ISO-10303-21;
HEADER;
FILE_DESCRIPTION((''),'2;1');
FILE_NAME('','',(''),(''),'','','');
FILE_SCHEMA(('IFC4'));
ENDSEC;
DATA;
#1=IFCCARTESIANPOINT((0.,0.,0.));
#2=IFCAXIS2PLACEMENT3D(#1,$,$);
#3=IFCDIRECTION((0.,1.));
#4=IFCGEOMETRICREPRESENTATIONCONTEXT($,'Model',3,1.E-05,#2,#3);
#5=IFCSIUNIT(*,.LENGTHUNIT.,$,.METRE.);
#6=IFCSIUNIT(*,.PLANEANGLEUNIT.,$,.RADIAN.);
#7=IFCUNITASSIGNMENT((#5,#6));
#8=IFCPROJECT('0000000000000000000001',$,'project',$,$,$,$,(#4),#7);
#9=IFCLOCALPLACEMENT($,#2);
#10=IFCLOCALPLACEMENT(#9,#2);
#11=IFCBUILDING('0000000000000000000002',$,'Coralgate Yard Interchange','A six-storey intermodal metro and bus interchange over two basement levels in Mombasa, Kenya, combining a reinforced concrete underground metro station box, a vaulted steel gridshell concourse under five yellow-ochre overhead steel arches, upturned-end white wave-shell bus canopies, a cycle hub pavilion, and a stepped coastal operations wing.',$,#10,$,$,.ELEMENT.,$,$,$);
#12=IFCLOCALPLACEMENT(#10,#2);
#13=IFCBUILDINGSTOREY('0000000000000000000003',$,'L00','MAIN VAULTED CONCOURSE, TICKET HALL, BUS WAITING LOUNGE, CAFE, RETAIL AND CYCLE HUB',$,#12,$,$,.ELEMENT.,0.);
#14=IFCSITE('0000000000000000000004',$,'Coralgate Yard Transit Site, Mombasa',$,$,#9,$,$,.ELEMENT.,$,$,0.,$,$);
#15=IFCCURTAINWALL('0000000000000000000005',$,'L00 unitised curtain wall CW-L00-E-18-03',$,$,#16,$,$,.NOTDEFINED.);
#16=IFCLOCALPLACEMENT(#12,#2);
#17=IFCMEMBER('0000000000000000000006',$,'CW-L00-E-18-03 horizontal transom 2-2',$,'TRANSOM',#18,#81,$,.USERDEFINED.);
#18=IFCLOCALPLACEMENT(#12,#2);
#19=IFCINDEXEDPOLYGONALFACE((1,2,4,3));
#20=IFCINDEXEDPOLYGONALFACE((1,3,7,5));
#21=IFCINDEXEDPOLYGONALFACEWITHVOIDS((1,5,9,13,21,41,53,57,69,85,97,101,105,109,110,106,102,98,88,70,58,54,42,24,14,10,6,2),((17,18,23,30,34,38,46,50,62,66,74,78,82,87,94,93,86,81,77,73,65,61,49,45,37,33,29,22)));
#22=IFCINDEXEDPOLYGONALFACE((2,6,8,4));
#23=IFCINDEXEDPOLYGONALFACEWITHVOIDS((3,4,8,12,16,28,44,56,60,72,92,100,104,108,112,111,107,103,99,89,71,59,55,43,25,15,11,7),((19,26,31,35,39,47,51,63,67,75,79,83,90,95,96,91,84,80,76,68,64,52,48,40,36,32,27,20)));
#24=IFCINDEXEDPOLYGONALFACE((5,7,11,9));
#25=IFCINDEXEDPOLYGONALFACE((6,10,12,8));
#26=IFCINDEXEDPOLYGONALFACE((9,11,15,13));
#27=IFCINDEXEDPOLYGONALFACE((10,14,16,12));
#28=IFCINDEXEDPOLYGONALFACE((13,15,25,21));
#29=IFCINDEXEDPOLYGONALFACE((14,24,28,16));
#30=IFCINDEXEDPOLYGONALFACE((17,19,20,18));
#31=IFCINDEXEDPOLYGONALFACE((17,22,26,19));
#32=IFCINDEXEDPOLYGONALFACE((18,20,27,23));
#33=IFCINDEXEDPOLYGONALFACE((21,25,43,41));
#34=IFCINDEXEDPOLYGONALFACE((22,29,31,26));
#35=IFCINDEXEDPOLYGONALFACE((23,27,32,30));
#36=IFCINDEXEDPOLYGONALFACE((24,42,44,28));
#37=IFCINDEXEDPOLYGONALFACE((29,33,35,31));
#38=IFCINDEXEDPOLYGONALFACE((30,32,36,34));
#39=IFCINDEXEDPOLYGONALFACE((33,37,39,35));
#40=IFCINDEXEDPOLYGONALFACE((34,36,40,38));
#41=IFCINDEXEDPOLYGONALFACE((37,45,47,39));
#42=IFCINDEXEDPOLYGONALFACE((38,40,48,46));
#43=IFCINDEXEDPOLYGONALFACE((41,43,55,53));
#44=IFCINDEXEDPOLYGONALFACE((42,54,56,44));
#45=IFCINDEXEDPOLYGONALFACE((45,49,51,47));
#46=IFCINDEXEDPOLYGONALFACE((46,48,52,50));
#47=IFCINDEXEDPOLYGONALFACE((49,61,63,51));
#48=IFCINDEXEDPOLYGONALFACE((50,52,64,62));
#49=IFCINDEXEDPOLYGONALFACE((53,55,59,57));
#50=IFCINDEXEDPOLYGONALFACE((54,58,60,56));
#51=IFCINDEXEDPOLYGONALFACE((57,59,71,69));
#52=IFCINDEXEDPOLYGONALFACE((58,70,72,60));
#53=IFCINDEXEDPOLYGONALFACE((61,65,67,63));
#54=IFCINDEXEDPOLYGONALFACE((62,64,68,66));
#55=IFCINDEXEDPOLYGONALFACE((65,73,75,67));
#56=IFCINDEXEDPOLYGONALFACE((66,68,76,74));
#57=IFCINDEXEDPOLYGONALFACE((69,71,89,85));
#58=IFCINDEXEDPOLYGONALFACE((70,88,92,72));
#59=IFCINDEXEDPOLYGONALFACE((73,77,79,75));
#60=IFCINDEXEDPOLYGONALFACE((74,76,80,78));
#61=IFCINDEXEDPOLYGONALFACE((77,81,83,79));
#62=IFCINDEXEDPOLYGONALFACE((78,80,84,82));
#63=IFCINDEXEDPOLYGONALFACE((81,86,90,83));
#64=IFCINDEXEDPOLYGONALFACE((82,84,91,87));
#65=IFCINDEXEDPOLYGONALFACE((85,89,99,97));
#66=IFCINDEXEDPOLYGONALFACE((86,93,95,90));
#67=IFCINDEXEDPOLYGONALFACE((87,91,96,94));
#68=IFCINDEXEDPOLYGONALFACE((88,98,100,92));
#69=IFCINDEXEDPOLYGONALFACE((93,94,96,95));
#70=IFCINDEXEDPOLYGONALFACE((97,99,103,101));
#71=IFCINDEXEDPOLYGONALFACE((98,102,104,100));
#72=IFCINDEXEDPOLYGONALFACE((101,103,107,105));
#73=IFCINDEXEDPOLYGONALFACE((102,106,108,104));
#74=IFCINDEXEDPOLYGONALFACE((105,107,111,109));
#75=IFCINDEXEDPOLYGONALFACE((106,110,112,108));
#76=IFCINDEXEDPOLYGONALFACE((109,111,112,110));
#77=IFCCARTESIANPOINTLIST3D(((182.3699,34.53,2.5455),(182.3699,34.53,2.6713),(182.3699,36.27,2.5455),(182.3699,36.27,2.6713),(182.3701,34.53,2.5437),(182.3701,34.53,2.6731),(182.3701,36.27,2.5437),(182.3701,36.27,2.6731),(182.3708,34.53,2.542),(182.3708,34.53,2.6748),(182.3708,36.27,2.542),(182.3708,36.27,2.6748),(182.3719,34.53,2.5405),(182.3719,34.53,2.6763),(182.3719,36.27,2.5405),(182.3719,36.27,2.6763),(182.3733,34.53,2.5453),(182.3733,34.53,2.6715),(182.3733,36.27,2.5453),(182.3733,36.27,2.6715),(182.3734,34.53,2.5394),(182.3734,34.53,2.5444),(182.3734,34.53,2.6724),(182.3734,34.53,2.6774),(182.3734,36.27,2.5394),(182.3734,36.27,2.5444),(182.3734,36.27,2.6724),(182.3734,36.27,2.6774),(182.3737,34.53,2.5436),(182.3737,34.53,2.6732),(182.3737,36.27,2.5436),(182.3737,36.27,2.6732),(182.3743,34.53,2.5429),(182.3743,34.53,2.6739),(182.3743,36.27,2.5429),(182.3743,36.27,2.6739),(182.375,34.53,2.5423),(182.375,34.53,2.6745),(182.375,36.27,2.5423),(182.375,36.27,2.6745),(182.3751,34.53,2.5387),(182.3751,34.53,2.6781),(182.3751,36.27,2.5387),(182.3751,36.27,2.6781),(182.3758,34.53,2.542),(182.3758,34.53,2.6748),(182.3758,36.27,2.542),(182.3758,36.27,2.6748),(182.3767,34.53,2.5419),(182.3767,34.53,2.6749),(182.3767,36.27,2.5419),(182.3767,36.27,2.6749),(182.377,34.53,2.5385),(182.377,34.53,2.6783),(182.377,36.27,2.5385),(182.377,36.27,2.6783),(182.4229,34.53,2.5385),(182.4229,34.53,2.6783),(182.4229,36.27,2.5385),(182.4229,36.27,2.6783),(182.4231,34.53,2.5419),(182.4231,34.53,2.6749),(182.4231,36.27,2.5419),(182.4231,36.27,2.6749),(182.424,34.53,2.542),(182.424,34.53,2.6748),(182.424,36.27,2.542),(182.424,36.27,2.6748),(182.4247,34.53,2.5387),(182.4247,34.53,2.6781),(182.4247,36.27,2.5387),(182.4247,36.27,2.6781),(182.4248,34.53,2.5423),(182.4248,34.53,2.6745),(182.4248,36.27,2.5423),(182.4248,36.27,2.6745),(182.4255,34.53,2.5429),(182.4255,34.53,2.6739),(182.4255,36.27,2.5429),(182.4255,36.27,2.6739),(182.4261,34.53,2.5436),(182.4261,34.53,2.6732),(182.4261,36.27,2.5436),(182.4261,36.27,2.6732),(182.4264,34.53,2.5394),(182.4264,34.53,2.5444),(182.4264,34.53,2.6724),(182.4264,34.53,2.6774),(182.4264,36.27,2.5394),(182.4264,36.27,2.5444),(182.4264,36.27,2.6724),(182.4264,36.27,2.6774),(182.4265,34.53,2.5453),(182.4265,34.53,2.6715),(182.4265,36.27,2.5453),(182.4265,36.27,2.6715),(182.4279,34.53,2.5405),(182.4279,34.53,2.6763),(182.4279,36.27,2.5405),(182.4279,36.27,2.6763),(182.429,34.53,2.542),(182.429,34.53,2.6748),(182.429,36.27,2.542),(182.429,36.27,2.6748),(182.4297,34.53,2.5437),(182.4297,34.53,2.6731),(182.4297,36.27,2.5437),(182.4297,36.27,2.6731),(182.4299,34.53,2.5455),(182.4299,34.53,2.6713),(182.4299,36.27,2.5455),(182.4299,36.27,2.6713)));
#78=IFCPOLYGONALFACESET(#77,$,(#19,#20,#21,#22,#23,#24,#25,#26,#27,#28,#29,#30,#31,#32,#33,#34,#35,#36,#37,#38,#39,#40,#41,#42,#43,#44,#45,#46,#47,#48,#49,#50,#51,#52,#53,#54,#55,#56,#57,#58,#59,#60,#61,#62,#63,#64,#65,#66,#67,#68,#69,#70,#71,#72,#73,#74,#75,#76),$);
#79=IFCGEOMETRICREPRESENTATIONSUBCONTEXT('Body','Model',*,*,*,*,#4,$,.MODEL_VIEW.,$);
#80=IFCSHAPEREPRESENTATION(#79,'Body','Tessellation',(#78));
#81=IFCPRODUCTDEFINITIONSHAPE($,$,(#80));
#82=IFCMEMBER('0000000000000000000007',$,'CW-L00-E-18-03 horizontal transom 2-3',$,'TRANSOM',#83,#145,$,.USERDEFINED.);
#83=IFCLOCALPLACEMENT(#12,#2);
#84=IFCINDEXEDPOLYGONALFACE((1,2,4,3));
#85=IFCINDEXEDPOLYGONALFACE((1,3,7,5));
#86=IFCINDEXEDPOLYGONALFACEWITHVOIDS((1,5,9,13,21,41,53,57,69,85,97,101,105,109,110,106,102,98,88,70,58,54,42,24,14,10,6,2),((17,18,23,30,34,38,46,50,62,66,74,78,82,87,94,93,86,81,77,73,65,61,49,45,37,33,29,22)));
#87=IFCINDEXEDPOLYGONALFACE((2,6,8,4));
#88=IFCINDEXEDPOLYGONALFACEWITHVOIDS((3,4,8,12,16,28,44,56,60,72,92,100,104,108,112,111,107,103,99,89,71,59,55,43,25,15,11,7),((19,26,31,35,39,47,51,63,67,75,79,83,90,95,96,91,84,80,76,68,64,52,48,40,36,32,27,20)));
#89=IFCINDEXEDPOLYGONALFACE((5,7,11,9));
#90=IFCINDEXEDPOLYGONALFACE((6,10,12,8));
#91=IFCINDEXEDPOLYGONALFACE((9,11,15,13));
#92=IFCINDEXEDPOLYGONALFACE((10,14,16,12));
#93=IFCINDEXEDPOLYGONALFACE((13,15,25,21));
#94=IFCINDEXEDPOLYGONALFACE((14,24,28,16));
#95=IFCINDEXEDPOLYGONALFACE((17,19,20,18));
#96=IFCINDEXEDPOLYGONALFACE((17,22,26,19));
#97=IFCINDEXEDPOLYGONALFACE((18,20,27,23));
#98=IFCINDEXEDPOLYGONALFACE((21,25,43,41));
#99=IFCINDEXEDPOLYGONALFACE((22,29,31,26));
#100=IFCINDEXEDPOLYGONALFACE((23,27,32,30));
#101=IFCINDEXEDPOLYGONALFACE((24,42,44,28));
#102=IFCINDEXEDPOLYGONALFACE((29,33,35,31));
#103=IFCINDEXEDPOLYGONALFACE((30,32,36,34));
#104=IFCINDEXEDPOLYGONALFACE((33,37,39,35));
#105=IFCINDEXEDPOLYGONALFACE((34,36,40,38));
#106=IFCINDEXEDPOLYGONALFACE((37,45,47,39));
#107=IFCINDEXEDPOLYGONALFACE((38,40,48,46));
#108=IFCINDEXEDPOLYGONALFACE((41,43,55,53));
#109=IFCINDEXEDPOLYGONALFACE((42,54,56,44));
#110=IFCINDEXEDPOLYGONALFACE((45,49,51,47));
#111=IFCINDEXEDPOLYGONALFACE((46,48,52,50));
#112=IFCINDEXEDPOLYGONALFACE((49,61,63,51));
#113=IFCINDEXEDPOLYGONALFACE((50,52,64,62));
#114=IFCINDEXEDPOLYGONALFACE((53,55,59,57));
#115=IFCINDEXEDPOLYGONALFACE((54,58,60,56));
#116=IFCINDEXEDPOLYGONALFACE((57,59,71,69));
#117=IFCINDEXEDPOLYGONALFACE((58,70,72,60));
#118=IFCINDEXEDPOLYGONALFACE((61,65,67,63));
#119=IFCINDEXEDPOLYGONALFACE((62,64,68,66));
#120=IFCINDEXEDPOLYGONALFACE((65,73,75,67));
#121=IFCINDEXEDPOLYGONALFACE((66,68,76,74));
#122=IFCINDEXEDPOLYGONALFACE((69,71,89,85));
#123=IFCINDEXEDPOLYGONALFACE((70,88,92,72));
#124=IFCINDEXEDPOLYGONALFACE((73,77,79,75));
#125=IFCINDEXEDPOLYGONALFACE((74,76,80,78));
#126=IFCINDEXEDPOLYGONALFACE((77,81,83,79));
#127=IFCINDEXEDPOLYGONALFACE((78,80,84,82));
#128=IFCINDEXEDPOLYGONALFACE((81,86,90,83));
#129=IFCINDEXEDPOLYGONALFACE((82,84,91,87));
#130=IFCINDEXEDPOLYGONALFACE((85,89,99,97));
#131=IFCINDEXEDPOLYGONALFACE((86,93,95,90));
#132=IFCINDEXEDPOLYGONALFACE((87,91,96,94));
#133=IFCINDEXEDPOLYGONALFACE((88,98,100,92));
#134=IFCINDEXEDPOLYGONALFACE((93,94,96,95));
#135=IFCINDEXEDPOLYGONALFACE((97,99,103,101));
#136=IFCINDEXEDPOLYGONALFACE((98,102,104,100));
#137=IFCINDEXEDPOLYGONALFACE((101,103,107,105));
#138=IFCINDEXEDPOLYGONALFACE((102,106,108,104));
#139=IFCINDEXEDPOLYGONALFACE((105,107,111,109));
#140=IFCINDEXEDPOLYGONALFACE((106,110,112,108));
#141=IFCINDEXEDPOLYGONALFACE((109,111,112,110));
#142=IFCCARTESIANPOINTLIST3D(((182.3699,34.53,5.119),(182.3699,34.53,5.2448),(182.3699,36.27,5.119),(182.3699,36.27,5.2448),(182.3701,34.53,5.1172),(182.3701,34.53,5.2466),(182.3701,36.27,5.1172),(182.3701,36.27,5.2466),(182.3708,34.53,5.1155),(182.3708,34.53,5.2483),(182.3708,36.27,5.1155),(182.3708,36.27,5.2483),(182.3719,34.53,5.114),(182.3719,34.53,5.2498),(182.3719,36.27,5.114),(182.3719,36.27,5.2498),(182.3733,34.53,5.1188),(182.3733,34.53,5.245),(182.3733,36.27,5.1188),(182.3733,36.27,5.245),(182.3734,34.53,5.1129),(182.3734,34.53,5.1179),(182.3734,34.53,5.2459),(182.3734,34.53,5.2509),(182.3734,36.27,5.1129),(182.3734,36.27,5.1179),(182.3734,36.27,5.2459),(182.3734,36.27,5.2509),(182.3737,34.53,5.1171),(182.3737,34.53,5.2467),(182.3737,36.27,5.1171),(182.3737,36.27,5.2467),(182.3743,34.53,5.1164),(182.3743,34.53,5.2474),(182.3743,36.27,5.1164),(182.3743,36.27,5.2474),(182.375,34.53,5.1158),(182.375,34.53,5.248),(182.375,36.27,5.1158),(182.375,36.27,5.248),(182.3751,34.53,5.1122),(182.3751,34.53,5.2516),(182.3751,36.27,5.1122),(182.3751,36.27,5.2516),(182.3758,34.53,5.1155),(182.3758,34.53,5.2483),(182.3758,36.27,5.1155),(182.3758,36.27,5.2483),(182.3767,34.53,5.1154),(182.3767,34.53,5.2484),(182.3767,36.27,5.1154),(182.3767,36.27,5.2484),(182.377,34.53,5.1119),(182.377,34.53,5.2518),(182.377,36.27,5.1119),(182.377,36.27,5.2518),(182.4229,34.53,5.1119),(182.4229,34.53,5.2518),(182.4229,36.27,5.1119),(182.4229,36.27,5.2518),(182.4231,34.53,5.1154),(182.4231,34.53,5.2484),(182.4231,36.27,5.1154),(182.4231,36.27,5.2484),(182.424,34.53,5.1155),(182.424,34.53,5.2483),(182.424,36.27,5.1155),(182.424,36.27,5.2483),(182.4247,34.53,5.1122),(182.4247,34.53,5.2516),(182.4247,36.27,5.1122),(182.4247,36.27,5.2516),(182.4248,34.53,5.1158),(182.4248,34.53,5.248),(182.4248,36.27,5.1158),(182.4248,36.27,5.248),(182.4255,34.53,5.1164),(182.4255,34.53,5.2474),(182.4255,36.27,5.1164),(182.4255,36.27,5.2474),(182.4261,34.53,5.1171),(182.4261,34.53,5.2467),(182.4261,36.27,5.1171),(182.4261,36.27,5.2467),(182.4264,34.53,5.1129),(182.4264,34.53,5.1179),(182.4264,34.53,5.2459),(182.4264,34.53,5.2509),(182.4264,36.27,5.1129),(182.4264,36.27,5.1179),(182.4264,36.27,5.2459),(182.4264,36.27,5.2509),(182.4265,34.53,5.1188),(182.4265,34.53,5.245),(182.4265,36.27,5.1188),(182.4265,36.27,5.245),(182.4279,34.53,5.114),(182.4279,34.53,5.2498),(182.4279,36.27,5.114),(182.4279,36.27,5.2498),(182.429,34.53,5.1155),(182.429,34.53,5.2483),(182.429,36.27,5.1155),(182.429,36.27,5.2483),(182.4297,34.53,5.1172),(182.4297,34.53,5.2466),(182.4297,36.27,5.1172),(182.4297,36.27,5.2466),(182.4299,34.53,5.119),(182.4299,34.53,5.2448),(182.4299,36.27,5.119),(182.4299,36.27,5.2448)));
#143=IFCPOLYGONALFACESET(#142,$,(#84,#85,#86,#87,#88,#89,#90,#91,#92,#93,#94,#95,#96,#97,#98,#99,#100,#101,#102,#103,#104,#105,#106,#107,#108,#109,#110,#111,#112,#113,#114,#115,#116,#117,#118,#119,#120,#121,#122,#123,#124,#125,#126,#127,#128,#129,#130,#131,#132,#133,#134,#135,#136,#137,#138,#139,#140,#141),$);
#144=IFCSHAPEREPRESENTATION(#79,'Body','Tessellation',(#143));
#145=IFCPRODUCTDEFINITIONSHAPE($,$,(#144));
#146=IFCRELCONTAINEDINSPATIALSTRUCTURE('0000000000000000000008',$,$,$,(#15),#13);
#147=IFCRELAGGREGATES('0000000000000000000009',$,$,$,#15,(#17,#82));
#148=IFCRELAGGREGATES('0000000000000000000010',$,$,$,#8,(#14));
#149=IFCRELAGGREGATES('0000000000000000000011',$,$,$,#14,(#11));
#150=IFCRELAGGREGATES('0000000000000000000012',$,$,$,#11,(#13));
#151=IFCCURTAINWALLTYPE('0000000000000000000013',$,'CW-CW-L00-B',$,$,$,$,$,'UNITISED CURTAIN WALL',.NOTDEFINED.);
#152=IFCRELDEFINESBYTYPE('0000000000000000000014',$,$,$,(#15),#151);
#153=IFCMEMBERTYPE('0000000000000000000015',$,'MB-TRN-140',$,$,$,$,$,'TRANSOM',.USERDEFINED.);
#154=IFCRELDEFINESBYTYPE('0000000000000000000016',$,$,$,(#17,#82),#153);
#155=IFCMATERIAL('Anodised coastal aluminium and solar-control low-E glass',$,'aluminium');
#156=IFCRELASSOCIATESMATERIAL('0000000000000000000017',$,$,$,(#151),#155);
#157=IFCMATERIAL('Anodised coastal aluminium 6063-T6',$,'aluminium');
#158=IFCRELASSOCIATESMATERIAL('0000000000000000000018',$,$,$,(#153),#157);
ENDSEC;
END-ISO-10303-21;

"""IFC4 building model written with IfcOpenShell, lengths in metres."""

from ifc_helpers import new_model, si_unit, direction, frame, origin, origin_2d, place, context, subcontext, project, spatial, hollow_rectangle, extrude, material, material_profile, profile_set, type_object, element, aggregate, save


model = new_model("IFC4")

# Units and contexts
model_context = context("Model", 3, precision=1e-05, world=origin(), true_north=direction((0.0, 1.0)))
body_context = subcontext(model_context, "Body", "Model", "MODEL_VIEW")
ifc_project = project(units=[si_unit("LENGTHUNIT", "METRE"), si_unit("PLANEANGLEUNIT", "RADIAN")], contexts=[model_context])

# Site, building, storey
site_placement = place(None, origin())
site = spatial("IfcSite", under=ifc_project, at=site_placement, Name="Coralgate Yard Transit Site, Mombasa", CompositionType="ELEMENT", RefElevation=0.0)
building_placement = place(site_placement, origin())
building = spatial("IfcBuilding", under=site, at=building_placement, Name="Coralgate Yard Interchange", Description="A six-storey intermodal metro and bus interchange over two basement levels in Mombasa, Kenya, combining a reinforced concrete underground metro station box, a vaulted steel gridshell concourse under five yellow-ochre overhead steel arches, upturned-end white wave-shell bus canopies, a cycle hub pavilion, and a stepped coastal operations wing.", CompositionType="ELEMENT")
storey_placement = place(building_placement, origin())
storey = spatial("IfcBuildingStorey", under=building, at=storey_placement, Name="L00", Description="MAIN VAULTED CONCOURSE, TICKET HALL, BUS WAITING LOUNGE, CAFE, RETAIL AND CYCLE HUB", CompositionType="ELEMENT", Elevation=0.0)

# Curtain wall, members
ifc_material_1 = material(Name="Anodised coastal aluminium and solar-control low-E glass", Category="aluminium")
curtain_wall_type = type_object("IfcCurtainWallType", Name="CW-CW-L00-B", ElementType="UNITISED CURTAIN WALL", PredefinedType="NOTDEFINED", material=ifc_material_1)
curtain_wall_placement = place(storey_placement, origin())
curtain_wall = element("IfcCurtainWall", 1, at=curtain_wall_placement, inside=storey, type_object=curtain_wall_type, Name="L00 unitised curtain wall CW-L00-E-18-03", PredefinedType="NOTDEFINED")
ifc_material_2 = material(Name="Anodised coastal aluminium 6063-T6", Category="aluminium")
ifc_material_profile_1 = material_profile(ifc_material_2, hollow_rectangle(XDim=0.0601, YDim=0.1399, WallThickness=0.0034, InnerFilletRadius=0.0034, OuterFilletRadius=0.0071, at=origin_2d()), Name="ALU 60x140x3.5")
ifc_profile_set_1 = profile_set([ifc_material_profile_1], Name="Anodised coastal aluminium 6063-T6")
member_type_1 = type_object("IfcMemberType", Name="MB-TRN-140", ElementType="TRANSOM", PredefinedType="USERDEFINED", material=ifc_profile_set_1)
member_1_placement = place(storey_placement, frame((182.3999, 36.27, 2.6084), z_axis=(0.0, -1.0, 0.0), x_axis=(1.0, 0.0, 0.0)))
member_1 = element("IfcMember", 2, at=member_1_placement, type_object=member_type_1, Name="CW-L00-E-18-03 horizontal transom 2-2", ObjectType="TRANSOM", PredefinedType="USERDEFINED", context=body_context, shape_type="SweptSolid", body=[
    extrude(hollow_rectangle(XDim=0.0601, YDim=0.1399, WallThickness=0.0034, InnerFilletRadius=0.0034, OuterFilletRadius=0.0071, at=origin_2d()), origin(), (0.0, 0.0, 1.0), 1.74),
])
member_2_placement = place(storey_placement, frame((182.3999, 36.27, 5.1819), z_axis=(0.0, -1.0, 0.0), x_axis=(1.0, 0.0, 0.0)))
member_2 = element("IfcMember", 3, at=member_2_placement, type_object=member_type_1, Name="CW-L00-E-18-03 horizontal transom 2-3", ObjectType="TRANSOM", PredefinedType="USERDEFINED", context=body_context, shape_type="SweptSolid", body=[
    extrude(hollow_rectangle(XDim=0.0601, YDim=0.1399, WallThickness=0.0034, InnerFilletRadius=0.0034, OuterFilletRadius=0.0071, at=origin_2d()), origin(), (0.0, 0.0, 1.0), 1.74),
])
aggregate(curtain_wall, [member_1, member_2])

save(model, "model.ifc")
